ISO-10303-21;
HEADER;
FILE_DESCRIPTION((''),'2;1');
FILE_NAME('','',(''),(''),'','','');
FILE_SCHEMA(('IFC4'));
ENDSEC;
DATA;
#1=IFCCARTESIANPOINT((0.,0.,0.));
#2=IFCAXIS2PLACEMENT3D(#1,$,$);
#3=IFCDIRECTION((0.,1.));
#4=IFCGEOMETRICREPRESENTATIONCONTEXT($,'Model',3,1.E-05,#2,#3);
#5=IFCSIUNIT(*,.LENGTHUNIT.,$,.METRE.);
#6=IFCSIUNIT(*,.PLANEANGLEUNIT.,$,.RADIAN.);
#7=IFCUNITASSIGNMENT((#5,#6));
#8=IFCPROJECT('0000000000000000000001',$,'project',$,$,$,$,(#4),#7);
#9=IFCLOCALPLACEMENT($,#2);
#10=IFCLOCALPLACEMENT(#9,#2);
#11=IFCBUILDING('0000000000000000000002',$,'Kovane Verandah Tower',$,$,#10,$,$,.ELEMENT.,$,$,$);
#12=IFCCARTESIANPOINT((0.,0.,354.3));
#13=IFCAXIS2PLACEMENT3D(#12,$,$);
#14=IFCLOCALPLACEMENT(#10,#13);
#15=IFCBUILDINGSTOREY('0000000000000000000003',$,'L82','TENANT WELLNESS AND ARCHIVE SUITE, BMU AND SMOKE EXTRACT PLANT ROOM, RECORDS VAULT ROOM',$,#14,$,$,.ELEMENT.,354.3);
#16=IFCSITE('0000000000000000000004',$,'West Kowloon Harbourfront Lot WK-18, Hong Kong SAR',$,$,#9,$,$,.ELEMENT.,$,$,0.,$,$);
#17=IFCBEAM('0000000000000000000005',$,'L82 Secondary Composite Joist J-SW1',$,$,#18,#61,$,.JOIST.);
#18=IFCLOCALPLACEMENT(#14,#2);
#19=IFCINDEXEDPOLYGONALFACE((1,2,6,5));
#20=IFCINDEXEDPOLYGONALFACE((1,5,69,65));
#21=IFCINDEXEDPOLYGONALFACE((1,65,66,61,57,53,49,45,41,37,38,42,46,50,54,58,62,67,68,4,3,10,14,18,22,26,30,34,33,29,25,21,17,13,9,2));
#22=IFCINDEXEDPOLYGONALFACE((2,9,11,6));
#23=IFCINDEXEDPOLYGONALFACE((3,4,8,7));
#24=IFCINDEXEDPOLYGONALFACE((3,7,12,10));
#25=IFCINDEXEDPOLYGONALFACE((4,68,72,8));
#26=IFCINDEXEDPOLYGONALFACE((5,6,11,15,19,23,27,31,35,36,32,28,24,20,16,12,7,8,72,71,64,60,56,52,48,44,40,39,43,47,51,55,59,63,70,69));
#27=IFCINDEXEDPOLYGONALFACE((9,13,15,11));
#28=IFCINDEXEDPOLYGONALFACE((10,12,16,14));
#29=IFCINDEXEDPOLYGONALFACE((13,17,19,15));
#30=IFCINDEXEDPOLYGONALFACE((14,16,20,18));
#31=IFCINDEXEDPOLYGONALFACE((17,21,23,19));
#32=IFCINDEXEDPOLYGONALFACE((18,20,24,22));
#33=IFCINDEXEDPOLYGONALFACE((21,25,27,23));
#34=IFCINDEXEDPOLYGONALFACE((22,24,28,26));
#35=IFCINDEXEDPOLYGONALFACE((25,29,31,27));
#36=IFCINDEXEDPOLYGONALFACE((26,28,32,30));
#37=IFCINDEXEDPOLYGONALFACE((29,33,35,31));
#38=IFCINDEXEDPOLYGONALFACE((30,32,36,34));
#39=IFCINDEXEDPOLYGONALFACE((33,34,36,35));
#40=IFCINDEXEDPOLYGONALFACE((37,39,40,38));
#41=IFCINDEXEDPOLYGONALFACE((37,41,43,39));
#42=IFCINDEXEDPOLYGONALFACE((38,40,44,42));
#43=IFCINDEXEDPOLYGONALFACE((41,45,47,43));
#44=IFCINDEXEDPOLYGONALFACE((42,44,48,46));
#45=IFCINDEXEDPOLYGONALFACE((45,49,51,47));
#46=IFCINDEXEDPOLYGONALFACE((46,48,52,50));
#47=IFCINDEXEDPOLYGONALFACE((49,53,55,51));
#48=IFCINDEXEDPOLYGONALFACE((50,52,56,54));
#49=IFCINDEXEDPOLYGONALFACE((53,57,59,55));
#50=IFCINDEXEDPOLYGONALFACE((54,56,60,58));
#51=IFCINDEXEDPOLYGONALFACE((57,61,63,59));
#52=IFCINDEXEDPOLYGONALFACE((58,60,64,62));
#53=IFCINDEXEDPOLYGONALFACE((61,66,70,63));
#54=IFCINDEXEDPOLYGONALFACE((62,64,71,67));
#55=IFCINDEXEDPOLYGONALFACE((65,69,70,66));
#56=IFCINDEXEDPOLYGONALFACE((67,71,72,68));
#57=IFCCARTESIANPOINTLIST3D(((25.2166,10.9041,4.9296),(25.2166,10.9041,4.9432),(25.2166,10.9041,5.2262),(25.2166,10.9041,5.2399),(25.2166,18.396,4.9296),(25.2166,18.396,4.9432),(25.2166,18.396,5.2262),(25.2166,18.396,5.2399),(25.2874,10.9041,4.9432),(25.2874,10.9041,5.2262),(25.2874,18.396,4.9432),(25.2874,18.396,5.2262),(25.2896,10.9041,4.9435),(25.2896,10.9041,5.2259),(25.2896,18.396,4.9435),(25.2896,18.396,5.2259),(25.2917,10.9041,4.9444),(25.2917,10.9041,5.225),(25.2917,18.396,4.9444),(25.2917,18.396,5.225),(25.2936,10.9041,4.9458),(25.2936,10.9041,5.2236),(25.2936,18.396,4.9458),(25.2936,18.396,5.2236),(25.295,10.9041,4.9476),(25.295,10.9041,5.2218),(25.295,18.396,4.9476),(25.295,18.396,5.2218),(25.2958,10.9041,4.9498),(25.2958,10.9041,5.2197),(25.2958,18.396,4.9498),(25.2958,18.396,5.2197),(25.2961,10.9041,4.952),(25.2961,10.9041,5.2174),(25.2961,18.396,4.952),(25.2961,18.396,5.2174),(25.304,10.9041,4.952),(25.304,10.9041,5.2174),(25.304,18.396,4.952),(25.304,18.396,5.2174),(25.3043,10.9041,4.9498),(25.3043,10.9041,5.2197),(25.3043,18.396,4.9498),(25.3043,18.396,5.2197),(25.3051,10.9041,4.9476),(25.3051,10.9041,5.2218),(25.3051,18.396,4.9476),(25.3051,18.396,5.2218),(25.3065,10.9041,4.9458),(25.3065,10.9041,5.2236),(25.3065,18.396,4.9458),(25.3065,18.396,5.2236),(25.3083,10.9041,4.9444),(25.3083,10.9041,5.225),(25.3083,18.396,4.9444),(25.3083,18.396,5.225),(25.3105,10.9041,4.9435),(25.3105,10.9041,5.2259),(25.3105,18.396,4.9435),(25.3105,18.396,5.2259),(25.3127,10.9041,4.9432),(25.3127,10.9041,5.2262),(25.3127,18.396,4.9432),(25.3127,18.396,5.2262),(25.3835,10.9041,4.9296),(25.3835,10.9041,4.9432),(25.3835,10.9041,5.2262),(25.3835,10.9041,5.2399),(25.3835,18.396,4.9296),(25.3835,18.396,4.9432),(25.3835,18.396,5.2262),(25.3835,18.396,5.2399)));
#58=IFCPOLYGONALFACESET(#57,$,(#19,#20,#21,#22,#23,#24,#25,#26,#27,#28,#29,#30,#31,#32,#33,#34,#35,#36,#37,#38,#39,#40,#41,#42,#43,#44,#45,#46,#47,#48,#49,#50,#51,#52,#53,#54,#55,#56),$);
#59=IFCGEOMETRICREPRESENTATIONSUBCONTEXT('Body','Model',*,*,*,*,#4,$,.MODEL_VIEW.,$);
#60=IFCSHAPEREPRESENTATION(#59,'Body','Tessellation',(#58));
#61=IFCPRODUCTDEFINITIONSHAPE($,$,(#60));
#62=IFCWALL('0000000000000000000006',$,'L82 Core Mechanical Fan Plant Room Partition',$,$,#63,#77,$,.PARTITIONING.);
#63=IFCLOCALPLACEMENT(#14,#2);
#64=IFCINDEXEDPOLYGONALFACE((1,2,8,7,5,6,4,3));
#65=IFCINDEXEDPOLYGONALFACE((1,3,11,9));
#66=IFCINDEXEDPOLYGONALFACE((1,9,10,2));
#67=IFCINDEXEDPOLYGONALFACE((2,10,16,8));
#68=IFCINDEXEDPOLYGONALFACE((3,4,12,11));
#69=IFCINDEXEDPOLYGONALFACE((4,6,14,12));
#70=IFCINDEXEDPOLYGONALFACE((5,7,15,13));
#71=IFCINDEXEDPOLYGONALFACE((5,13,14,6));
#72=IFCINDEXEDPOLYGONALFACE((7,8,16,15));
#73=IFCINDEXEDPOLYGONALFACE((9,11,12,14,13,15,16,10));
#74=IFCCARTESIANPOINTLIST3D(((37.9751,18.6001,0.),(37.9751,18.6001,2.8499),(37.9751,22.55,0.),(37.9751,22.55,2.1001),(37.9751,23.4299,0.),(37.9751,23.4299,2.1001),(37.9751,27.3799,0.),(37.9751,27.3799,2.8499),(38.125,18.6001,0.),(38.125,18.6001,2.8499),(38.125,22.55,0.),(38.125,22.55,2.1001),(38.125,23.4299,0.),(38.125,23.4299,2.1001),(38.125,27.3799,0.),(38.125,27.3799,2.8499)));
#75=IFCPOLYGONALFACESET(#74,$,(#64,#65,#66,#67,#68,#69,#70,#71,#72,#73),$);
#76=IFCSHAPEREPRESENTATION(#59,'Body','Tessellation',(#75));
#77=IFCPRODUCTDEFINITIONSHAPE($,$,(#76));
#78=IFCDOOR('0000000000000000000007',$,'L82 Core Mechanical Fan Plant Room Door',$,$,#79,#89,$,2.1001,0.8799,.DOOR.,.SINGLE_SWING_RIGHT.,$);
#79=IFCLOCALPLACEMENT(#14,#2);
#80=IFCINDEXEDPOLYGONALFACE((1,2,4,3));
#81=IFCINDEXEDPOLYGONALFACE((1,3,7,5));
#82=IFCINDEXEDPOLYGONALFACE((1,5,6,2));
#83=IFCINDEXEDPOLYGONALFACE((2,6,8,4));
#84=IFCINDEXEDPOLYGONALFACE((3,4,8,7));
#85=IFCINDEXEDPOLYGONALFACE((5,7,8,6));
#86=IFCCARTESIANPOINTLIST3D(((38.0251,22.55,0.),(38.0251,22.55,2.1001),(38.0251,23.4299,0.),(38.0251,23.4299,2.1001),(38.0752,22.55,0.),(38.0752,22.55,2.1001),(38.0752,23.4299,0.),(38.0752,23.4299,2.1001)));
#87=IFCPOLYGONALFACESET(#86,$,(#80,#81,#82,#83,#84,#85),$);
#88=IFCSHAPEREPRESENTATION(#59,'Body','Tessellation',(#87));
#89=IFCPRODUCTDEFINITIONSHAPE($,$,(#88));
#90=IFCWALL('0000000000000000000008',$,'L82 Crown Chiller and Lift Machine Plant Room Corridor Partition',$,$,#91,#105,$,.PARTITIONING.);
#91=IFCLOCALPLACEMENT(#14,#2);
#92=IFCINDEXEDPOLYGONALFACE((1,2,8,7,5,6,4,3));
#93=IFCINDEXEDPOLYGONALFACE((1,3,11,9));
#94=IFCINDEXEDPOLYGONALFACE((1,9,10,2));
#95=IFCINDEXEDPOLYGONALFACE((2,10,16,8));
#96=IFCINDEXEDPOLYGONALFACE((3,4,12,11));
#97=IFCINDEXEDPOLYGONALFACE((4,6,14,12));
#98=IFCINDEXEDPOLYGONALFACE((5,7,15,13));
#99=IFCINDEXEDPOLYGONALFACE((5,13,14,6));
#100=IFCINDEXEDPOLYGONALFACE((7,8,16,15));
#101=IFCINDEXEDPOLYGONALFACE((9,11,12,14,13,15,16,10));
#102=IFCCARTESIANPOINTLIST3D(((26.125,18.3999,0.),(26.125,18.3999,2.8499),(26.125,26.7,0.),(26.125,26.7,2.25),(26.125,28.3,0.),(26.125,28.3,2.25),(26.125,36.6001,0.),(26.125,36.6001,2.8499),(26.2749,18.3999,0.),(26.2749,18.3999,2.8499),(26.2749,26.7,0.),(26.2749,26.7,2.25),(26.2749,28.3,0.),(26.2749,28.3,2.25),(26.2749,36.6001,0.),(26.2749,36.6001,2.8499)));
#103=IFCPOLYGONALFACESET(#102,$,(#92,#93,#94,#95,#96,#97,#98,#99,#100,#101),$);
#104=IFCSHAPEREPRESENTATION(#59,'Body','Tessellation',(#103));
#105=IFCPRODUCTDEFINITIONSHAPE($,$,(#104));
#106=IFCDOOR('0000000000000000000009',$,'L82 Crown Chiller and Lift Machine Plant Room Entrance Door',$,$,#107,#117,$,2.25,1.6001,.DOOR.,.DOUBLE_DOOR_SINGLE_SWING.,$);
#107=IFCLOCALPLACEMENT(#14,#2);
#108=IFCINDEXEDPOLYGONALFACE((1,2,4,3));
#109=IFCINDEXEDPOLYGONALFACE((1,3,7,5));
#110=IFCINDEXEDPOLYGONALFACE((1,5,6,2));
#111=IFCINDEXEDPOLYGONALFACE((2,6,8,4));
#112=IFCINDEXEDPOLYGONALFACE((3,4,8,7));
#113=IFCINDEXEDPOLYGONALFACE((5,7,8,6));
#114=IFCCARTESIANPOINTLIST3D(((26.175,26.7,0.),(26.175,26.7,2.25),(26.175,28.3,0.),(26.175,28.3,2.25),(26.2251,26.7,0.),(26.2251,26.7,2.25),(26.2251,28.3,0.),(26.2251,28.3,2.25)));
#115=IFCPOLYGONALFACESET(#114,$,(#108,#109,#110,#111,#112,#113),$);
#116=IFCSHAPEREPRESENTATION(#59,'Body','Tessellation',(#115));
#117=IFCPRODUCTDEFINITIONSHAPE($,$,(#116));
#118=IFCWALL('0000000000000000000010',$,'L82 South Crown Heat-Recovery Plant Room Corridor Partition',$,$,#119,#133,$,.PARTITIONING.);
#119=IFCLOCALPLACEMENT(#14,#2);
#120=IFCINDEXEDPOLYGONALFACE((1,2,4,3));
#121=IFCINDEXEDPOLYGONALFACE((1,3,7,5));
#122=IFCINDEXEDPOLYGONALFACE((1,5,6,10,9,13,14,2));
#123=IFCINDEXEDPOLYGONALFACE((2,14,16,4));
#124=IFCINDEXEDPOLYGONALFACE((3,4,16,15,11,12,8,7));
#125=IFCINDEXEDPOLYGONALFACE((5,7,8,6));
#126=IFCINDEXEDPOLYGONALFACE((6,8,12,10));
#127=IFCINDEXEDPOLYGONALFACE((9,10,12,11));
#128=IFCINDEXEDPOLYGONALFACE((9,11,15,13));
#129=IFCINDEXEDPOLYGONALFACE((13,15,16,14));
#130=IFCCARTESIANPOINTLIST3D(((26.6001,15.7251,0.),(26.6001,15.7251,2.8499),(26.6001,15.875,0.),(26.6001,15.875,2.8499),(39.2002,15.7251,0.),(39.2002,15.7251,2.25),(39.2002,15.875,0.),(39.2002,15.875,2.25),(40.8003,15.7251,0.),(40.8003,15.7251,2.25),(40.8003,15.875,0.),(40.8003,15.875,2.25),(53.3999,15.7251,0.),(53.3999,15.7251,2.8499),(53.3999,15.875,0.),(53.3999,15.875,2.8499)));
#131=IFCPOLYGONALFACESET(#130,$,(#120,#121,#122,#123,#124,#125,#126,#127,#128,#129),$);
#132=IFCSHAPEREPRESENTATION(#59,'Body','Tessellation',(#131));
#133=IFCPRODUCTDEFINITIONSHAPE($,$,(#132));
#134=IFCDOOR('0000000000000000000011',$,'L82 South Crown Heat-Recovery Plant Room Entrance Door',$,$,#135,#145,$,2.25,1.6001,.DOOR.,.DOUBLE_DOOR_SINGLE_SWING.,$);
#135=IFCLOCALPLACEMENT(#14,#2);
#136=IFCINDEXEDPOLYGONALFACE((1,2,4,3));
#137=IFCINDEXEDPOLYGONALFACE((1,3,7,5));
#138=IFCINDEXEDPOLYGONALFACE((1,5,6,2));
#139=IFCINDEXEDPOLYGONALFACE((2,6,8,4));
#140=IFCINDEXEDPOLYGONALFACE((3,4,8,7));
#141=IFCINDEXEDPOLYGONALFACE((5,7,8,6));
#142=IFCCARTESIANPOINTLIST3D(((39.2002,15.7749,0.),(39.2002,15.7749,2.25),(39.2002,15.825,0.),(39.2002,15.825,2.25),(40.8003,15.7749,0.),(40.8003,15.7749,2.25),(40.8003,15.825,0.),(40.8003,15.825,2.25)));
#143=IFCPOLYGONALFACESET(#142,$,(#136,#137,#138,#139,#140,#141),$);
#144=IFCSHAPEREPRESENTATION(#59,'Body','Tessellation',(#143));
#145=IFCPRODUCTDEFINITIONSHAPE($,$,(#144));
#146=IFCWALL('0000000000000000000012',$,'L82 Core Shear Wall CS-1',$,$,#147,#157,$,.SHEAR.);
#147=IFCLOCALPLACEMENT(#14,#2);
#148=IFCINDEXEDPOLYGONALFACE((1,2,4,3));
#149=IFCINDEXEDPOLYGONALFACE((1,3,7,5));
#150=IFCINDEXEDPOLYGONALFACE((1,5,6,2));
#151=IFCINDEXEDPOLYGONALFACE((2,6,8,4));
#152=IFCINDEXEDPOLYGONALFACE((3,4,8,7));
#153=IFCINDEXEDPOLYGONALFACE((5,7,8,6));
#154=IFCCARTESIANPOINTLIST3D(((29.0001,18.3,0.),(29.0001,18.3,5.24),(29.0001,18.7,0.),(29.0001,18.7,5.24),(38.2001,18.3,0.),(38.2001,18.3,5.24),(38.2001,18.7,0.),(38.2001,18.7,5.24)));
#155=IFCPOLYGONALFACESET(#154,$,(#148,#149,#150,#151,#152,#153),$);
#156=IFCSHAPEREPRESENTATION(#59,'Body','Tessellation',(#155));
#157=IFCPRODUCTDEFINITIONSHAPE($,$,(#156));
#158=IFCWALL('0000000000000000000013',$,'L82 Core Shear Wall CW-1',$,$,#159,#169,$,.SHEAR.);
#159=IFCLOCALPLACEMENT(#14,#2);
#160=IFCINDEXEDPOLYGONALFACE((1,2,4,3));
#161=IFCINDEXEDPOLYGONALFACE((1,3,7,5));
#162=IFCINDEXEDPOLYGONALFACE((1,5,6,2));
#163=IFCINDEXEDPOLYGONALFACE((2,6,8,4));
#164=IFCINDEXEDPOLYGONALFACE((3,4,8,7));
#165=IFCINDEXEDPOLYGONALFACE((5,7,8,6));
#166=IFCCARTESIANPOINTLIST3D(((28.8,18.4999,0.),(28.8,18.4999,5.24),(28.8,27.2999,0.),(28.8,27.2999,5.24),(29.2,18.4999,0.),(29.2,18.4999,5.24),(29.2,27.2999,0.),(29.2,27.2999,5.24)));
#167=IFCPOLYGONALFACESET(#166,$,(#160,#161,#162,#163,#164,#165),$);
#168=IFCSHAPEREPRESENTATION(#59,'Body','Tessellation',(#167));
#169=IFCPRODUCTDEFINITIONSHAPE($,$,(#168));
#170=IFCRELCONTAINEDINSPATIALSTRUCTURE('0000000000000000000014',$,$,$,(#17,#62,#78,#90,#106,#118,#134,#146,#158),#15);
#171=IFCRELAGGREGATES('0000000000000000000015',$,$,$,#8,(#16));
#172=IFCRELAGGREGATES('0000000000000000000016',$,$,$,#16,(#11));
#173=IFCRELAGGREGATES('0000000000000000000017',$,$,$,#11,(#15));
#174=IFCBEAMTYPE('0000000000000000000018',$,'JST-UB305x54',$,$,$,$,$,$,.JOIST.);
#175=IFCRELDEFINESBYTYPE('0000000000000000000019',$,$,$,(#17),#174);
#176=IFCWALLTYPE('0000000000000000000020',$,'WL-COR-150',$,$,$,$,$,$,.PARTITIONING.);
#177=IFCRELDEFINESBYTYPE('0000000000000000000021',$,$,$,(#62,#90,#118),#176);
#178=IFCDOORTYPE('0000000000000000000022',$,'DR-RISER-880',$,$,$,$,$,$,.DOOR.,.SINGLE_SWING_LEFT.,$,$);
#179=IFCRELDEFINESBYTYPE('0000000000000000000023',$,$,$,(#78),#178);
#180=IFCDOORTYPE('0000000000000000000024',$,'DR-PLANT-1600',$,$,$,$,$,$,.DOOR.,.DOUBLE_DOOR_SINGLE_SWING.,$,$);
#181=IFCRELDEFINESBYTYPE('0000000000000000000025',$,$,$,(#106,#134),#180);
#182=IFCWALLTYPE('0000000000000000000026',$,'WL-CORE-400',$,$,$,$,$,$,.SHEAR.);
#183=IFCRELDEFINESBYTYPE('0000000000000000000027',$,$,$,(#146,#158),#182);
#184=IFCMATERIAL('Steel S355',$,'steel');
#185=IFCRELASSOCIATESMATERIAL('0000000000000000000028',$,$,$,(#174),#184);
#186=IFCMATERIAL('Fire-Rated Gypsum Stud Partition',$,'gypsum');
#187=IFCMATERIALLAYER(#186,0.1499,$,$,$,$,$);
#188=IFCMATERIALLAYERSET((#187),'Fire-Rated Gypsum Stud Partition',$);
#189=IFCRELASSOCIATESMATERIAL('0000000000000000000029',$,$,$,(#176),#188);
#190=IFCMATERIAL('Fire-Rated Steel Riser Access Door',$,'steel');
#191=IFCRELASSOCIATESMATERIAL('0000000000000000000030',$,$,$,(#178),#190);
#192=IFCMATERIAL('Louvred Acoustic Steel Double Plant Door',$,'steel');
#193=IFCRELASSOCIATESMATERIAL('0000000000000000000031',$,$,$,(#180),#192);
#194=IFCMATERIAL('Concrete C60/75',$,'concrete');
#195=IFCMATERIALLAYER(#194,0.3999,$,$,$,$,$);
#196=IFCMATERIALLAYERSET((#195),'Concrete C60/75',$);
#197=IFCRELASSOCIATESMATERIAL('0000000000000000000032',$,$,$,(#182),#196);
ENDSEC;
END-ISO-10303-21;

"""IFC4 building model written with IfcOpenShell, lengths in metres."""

from ifc_helpers import new_model, si_unit, direction, frame, frame_2d, origin, origin_2d, place, context, subcontext, project, spatial, rectangle, i_section, extrude, material, layer, layer_set, material_profile, profile_set, type_object, element, fill, save


model = new_model("IFC4")

# Units and contexts
model_context = context("Model", 3, precision=1e-05, world=origin(), true_north=direction((0.0, 1.0)))
body_context = subcontext(model_context, "Body", "Model", "MODEL_VIEW")
ifc_project = project(units=[si_unit("LENGTHUNIT", "METRE"), si_unit("PLANEANGLEUNIT", "RADIAN")], contexts=[model_context])

# Site, building, storey
site_placement = place(None, origin())
site = spatial("IfcSite", under=ifc_project, at=site_placement, Name="West Kowloon Harbourfront Lot WK-18, Hong Kong SAR", CompositionType="ELEMENT", RefElevation=0.0)
building_placement = place(site_placement, origin())
building = spatial("IfcBuilding", under=site, at=building_placement, Name="Kovane Verandah Tower", CompositionType="ELEMENT")
storey_placement = place(building_placement, frame((0.0, 0.0, 354.3)))
storey = spatial("IfcBuildingStorey", under=building, at=storey_placement, Name="L82", Description="TENANT WELLNESS AND ARCHIVE SUITE, BMU AND SMOKE EXTRACT PLANT ROOM, RECORDS VAULT ROOM", CompositionType="ELEMENT", Elevation=354.3)

# Shared definitions
ifc_material_1 = material(Name="Concrete C60/75", Category="concrete")

# Shared definitions
ifc_material_2 = material(Name="Steel S355", Category="steel")

# Beam
ifc_material_profile_1 = material_profile(ifc_material_2, i_section(OverallWidth=0.167, OverallDepth=0.3103, WebThickness=0.0078, FlangeThickness=0.0137, FilletRadius=0.0088, at=origin_2d()), Name="UB305x165x54")
ifc_profile_set_1 = profile_set([ifc_material_profile_1], Name="Steel S355")
beam_type_1 = type_object("IfcBeamType", Name="JST-UB305x54", PredefinedType="JOIST", material=ifc_profile_set_1)
beam_1_placement = place(storey_placement, frame((25.3, 10.9041, 5.0847), z_axis=(0.0, 1.0, 0.0), x_axis=(-1.0, 0.0, 0.0)))
element("IfcBeam", 1, at=beam_1_placement, inside=storey, type_object=beam_type_1, Name="L82 Secondary Composite Joist J-SW1", PredefinedType="JOIST", context=body_context, shape_type="SweptSolid", body=[
    extrude(i_section(OverallWidth=0.167, OverallDepth=0.3103, WebThickness=0.0078, FlangeThickness=0.0137, FilletRadius=0.0088, at=origin_2d()), origin(), (0.0, 0.0, 1.0), 7.4919),
])

# Walls, openings, doors
ifc_material_3 = material(Name="Fire-Rated Gypsum Stud Partition", Category="gypsum")
ifc_layer_1 = layer(ifc_material_3, 0.1499)
ifc_layer_set_1 = layer_set([ifc_layer_1], Name="Fire-Rated Gypsum Stud Partition")
wall_type_1 = type_object("IfcWallType", Name="WL-COR-150", PredefinedType="PARTITIONING", material=ifc_layer_set_1)
wall_1_placement = place(storey_placement, frame((38.05, 18.6001, 0.0), z_axis=(0.0, 0.0, 1.0), x_axis=(0.0, 1.0, 0.0)))
wall_1 = element("IfcWall", 2, at=wall_1_placement, inside=storey, type_object=wall_type_1, Name="L82 Core Mechanical Fan Plant Room Partition", PredefinedType="PARTITIONING", context=body_context, shape_type="SweptSolid", body=[
    extrude(rectangle(XDim=8.7798, YDim=0.1499, at=frame_2d((4.3899, 0.0))), origin(), (0.0, 0.0, 1.0), 2.8499),
])
opening_1_placement = place(wall_1_placement, frame((3.95, 0.0, 0.0)))
opening_1 = element("IfcOpeningElement", 3, at=opening_1_placement, cuts=wall_1, PredefinedType="OPENING", context=body_context, shape_type="SweptSolid", body=[
    extrude(rectangle(XDim=0.8799, YDim=2.1001, at=frame_2d((0.4399, 1.05))), frame((0.0, 0.075, 0.0), z_axis=(0.0, -1.0, 0.0), x_axis=(1.0, 0.0, 0.0)), (0.0, 0.0, 1.0), 0.1499),
])
ifc_material_4 = material(Name="Fire-Rated Steel Riser Access Door", Category="steel")
door_type_1 = type_object("IfcDoorType", Name="DR-RISER-880", OperationType="SINGLE_SWING_LEFT", PredefinedType="DOOR", material=ifc_material_4)
door_1_placement = place(opening_1_placement, origin())
door_1 = element("IfcDoor", 4, at=door_1_placement, inside=storey, type_object=door_type_1, Name="L82 Core Mechanical Fan Plant Room Door", OperationType="SINGLE_SWING_RIGHT", OverallHeight=2.1001, OverallWidth=0.8799, PredefinedType="DOOR", context=body_context, shape_type="SweptSolid", body=[
    extrude(rectangle(XDim=0.8799, YDim=2.1001, at=frame_2d((0.4399, 1.05))), frame((0.0, 0.0249, 0.0), z_axis=(0.0, -1.0, 0.0), x_axis=(1.0, 0.0, 0.0)), (0.0, 0.0, 1.0), 0.05),
])
fill(opening_1, door_1)
wall_2_placement = place(storey_placement, frame((26.2, 18.3999, 0.0), z_axis=(0.0, 0.0, 1.0), x_axis=(0.0, 1.0, 0.0)))
wall_2 = element("IfcWall", 5, at=wall_2_placement, inside=storey, type_object=wall_type_1, Name="L82 Crown Chiller and Lift Machine Plant Room Corridor Partition", PredefinedType="PARTITIONING", context=body_context, shape_type="SweptSolid", body=[
    extrude(rectangle(XDim=18.2002, YDim=0.1499, at=frame_2d((9.1001, 0.0))), origin(), (0.0, 0.0, 1.0), 2.8499),
])
opening_2_placement = place(wall_2_placement, frame((8.3, 0.0, 0.0)))
opening_2 = element("IfcOpeningElement", 6, at=opening_2_placement, cuts=wall_2, PredefinedType="OPENING", context=body_context, shape_type="SweptSolid", body=[
    extrude(rectangle(XDim=1.6001, YDim=2.25, at=frame_2d((0.8, 1.125))), frame((0.0, 0.075, 0.0), z_axis=(0.0, -1.0, 0.0), x_axis=(1.0, 0.0, 0.0)), (0.0, 0.0, 1.0), 0.1499),
])
ifc_material_5 = material(Name="Louvred Acoustic Steel Double Plant Door", Category="steel")
door_type_2 = type_object("IfcDoorType", Name="DR-PLANT-1600", OperationType="DOUBLE_DOOR_SINGLE_SWING", PredefinedType="DOOR", material=ifc_material_5)
door_2_placement = place(opening_2_placement, origin())
door_2 = element("IfcDoor", 7, at=door_2_placement, inside=storey, type_object=door_type_2, Name="L82 Crown Chiller and Lift Machine Plant Room Entrance Door", OperationType="DOUBLE_DOOR_SINGLE_SWING", OverallHeight=2.25, OverallWidth=1.6001, PredefinedType="DOOR", context=body_context, shape_type="SweptSolid", body=[
    extrude(rectangle(XDim=1.6001, YDim=2.25, at=frame_2d((0.8, 1.125))), frame((0.0, 0.0249, 0.0), z_axis=(0.0, -1.0, 0.0), x_axis=(1.0, 0.0, 0.0)), (0.0, 0.0, 1.0), 0.05),
])
fill(opening_2, door_2)
wall_3_placement = place(storey_placement, frame((26.6001, 15.8, 0.0), z_axis=(0.0, 0.0, 1.0), x_axis=(1.0, 0.0, 0.0)))
wall_3 = element("IfcWall", 8, at=wall_3_placement, inside=storey, type_object=wall_type_1, Name="L82 South Crown Heat-Recovery Plant Room Corridor Partition", PredefinedType="PARTITIONING", context=body_context, shape_type="SweptSolid", body=[
    extrude(rectangle(XDim=26.7998, YDim=0.1499, at=frame_2d((13.3999, 0.0))), origin(), (0.0, 0.0, 1.0), 2.8499),
])
opening_3_placement = place(wall_3_placement, frame((12.6001, 0.0, 0.0)))
opening_3 = element("IfcOpeningElement", 9, at=opening_3_placement, cuts=wall_3, PredefinedType="OPENING", context=body_context, shape_type="SweptSolid", body=[
    extrude(rectangle(XDim=1.6001, YDim=2.25, at=frame_2d((0.8, 1.125))), frame((0.0, 0.075, 0.0), z_axis=(0.0, -1.0, 0.0), x_axis=(1.0, 0.0, 0.0)), (0.0, 0.0, 1.0), 0.1499),
])
door_3_placement = place(opening_3_placement, origin())
door_3 = element("IfcDoor", 10, at=door_3_placement, inside=storey, type_object=door_type_2, Name="L82 South Crown Heat-Recovery Plant Room Entrance Door", OperationType="DOUBLE_DOOR_SINGLE_SWING", OverallHeight=2.25, OverallWidth=1.6001, PredefinedType="DOOR", context=body_context, shape_type="SweptSolid", body=[
    extrude(rectangle(XDim=1.6001, YDim=2.25, at=frame_2d((0.8, 1.125))), frame((0.0, 0.0249, 0.0), z_axis=(0.0, -1.0, 0.0), x_axis=(1.0, 0.0, 0.0)), (0.0, 0.0, 1.0), 0.05),
])
fill(opening_3, door_3)

# Walls
ifc_layer_2 = layer(ifc_material_1, 0.3999)
ifc_layer_set_2 = layer_set([ifc_layer_2], Name="Concrete C60/75")
wall_type_2 = type_object("IfcWallType", Name="WL-CORE-400", PredefinedType="SHEAR", material=ifc_layer_set_2)
wall_4_placement = place(storey_placement, frame((29.0, 18.5, 0.0), z_axis=(0.0, 0.0, 1.0), x_axis=(1.0, 0.0, 0.0)))
element("IfcWall", 11, at=wall_4_placement, inside=storey, type_object=wall_type_2, Name="L82 Core Shear Wall CS-1", PredefinedType="SHEAR", context=body_context, shape_type="SweptSolid", body=[
    extrude(rectangle(XDim=9.2, YDim=0.3999, at=frame_2d((4.6001, 0.0))), origin(), (0.0, 0.0, 1.0), 5.24),
])
wall_5_placement = place(storey_placement, frame((29.0, 18.5, 0.0), z_axis=(0.0, 0.0, 1.0), x_axis=(0.0, 1.0, 0.0)))
element("IfcWall", 12, at=wall_5_placement, inside=storey, type_object=wall_type_2, Name="L82 Core Shear Wall CW-1", PredefinedType="SHEAR", context=body_context, shape_type="SweptSolid", body=[
    extrude(rectangle(XDim=8.8, YDim=0.3999, at=frame_2d((4.3999, 0.0))), origin(), (0.0, 0.0, 1.0), 5.24),
])

save(model, "model.ifc")
